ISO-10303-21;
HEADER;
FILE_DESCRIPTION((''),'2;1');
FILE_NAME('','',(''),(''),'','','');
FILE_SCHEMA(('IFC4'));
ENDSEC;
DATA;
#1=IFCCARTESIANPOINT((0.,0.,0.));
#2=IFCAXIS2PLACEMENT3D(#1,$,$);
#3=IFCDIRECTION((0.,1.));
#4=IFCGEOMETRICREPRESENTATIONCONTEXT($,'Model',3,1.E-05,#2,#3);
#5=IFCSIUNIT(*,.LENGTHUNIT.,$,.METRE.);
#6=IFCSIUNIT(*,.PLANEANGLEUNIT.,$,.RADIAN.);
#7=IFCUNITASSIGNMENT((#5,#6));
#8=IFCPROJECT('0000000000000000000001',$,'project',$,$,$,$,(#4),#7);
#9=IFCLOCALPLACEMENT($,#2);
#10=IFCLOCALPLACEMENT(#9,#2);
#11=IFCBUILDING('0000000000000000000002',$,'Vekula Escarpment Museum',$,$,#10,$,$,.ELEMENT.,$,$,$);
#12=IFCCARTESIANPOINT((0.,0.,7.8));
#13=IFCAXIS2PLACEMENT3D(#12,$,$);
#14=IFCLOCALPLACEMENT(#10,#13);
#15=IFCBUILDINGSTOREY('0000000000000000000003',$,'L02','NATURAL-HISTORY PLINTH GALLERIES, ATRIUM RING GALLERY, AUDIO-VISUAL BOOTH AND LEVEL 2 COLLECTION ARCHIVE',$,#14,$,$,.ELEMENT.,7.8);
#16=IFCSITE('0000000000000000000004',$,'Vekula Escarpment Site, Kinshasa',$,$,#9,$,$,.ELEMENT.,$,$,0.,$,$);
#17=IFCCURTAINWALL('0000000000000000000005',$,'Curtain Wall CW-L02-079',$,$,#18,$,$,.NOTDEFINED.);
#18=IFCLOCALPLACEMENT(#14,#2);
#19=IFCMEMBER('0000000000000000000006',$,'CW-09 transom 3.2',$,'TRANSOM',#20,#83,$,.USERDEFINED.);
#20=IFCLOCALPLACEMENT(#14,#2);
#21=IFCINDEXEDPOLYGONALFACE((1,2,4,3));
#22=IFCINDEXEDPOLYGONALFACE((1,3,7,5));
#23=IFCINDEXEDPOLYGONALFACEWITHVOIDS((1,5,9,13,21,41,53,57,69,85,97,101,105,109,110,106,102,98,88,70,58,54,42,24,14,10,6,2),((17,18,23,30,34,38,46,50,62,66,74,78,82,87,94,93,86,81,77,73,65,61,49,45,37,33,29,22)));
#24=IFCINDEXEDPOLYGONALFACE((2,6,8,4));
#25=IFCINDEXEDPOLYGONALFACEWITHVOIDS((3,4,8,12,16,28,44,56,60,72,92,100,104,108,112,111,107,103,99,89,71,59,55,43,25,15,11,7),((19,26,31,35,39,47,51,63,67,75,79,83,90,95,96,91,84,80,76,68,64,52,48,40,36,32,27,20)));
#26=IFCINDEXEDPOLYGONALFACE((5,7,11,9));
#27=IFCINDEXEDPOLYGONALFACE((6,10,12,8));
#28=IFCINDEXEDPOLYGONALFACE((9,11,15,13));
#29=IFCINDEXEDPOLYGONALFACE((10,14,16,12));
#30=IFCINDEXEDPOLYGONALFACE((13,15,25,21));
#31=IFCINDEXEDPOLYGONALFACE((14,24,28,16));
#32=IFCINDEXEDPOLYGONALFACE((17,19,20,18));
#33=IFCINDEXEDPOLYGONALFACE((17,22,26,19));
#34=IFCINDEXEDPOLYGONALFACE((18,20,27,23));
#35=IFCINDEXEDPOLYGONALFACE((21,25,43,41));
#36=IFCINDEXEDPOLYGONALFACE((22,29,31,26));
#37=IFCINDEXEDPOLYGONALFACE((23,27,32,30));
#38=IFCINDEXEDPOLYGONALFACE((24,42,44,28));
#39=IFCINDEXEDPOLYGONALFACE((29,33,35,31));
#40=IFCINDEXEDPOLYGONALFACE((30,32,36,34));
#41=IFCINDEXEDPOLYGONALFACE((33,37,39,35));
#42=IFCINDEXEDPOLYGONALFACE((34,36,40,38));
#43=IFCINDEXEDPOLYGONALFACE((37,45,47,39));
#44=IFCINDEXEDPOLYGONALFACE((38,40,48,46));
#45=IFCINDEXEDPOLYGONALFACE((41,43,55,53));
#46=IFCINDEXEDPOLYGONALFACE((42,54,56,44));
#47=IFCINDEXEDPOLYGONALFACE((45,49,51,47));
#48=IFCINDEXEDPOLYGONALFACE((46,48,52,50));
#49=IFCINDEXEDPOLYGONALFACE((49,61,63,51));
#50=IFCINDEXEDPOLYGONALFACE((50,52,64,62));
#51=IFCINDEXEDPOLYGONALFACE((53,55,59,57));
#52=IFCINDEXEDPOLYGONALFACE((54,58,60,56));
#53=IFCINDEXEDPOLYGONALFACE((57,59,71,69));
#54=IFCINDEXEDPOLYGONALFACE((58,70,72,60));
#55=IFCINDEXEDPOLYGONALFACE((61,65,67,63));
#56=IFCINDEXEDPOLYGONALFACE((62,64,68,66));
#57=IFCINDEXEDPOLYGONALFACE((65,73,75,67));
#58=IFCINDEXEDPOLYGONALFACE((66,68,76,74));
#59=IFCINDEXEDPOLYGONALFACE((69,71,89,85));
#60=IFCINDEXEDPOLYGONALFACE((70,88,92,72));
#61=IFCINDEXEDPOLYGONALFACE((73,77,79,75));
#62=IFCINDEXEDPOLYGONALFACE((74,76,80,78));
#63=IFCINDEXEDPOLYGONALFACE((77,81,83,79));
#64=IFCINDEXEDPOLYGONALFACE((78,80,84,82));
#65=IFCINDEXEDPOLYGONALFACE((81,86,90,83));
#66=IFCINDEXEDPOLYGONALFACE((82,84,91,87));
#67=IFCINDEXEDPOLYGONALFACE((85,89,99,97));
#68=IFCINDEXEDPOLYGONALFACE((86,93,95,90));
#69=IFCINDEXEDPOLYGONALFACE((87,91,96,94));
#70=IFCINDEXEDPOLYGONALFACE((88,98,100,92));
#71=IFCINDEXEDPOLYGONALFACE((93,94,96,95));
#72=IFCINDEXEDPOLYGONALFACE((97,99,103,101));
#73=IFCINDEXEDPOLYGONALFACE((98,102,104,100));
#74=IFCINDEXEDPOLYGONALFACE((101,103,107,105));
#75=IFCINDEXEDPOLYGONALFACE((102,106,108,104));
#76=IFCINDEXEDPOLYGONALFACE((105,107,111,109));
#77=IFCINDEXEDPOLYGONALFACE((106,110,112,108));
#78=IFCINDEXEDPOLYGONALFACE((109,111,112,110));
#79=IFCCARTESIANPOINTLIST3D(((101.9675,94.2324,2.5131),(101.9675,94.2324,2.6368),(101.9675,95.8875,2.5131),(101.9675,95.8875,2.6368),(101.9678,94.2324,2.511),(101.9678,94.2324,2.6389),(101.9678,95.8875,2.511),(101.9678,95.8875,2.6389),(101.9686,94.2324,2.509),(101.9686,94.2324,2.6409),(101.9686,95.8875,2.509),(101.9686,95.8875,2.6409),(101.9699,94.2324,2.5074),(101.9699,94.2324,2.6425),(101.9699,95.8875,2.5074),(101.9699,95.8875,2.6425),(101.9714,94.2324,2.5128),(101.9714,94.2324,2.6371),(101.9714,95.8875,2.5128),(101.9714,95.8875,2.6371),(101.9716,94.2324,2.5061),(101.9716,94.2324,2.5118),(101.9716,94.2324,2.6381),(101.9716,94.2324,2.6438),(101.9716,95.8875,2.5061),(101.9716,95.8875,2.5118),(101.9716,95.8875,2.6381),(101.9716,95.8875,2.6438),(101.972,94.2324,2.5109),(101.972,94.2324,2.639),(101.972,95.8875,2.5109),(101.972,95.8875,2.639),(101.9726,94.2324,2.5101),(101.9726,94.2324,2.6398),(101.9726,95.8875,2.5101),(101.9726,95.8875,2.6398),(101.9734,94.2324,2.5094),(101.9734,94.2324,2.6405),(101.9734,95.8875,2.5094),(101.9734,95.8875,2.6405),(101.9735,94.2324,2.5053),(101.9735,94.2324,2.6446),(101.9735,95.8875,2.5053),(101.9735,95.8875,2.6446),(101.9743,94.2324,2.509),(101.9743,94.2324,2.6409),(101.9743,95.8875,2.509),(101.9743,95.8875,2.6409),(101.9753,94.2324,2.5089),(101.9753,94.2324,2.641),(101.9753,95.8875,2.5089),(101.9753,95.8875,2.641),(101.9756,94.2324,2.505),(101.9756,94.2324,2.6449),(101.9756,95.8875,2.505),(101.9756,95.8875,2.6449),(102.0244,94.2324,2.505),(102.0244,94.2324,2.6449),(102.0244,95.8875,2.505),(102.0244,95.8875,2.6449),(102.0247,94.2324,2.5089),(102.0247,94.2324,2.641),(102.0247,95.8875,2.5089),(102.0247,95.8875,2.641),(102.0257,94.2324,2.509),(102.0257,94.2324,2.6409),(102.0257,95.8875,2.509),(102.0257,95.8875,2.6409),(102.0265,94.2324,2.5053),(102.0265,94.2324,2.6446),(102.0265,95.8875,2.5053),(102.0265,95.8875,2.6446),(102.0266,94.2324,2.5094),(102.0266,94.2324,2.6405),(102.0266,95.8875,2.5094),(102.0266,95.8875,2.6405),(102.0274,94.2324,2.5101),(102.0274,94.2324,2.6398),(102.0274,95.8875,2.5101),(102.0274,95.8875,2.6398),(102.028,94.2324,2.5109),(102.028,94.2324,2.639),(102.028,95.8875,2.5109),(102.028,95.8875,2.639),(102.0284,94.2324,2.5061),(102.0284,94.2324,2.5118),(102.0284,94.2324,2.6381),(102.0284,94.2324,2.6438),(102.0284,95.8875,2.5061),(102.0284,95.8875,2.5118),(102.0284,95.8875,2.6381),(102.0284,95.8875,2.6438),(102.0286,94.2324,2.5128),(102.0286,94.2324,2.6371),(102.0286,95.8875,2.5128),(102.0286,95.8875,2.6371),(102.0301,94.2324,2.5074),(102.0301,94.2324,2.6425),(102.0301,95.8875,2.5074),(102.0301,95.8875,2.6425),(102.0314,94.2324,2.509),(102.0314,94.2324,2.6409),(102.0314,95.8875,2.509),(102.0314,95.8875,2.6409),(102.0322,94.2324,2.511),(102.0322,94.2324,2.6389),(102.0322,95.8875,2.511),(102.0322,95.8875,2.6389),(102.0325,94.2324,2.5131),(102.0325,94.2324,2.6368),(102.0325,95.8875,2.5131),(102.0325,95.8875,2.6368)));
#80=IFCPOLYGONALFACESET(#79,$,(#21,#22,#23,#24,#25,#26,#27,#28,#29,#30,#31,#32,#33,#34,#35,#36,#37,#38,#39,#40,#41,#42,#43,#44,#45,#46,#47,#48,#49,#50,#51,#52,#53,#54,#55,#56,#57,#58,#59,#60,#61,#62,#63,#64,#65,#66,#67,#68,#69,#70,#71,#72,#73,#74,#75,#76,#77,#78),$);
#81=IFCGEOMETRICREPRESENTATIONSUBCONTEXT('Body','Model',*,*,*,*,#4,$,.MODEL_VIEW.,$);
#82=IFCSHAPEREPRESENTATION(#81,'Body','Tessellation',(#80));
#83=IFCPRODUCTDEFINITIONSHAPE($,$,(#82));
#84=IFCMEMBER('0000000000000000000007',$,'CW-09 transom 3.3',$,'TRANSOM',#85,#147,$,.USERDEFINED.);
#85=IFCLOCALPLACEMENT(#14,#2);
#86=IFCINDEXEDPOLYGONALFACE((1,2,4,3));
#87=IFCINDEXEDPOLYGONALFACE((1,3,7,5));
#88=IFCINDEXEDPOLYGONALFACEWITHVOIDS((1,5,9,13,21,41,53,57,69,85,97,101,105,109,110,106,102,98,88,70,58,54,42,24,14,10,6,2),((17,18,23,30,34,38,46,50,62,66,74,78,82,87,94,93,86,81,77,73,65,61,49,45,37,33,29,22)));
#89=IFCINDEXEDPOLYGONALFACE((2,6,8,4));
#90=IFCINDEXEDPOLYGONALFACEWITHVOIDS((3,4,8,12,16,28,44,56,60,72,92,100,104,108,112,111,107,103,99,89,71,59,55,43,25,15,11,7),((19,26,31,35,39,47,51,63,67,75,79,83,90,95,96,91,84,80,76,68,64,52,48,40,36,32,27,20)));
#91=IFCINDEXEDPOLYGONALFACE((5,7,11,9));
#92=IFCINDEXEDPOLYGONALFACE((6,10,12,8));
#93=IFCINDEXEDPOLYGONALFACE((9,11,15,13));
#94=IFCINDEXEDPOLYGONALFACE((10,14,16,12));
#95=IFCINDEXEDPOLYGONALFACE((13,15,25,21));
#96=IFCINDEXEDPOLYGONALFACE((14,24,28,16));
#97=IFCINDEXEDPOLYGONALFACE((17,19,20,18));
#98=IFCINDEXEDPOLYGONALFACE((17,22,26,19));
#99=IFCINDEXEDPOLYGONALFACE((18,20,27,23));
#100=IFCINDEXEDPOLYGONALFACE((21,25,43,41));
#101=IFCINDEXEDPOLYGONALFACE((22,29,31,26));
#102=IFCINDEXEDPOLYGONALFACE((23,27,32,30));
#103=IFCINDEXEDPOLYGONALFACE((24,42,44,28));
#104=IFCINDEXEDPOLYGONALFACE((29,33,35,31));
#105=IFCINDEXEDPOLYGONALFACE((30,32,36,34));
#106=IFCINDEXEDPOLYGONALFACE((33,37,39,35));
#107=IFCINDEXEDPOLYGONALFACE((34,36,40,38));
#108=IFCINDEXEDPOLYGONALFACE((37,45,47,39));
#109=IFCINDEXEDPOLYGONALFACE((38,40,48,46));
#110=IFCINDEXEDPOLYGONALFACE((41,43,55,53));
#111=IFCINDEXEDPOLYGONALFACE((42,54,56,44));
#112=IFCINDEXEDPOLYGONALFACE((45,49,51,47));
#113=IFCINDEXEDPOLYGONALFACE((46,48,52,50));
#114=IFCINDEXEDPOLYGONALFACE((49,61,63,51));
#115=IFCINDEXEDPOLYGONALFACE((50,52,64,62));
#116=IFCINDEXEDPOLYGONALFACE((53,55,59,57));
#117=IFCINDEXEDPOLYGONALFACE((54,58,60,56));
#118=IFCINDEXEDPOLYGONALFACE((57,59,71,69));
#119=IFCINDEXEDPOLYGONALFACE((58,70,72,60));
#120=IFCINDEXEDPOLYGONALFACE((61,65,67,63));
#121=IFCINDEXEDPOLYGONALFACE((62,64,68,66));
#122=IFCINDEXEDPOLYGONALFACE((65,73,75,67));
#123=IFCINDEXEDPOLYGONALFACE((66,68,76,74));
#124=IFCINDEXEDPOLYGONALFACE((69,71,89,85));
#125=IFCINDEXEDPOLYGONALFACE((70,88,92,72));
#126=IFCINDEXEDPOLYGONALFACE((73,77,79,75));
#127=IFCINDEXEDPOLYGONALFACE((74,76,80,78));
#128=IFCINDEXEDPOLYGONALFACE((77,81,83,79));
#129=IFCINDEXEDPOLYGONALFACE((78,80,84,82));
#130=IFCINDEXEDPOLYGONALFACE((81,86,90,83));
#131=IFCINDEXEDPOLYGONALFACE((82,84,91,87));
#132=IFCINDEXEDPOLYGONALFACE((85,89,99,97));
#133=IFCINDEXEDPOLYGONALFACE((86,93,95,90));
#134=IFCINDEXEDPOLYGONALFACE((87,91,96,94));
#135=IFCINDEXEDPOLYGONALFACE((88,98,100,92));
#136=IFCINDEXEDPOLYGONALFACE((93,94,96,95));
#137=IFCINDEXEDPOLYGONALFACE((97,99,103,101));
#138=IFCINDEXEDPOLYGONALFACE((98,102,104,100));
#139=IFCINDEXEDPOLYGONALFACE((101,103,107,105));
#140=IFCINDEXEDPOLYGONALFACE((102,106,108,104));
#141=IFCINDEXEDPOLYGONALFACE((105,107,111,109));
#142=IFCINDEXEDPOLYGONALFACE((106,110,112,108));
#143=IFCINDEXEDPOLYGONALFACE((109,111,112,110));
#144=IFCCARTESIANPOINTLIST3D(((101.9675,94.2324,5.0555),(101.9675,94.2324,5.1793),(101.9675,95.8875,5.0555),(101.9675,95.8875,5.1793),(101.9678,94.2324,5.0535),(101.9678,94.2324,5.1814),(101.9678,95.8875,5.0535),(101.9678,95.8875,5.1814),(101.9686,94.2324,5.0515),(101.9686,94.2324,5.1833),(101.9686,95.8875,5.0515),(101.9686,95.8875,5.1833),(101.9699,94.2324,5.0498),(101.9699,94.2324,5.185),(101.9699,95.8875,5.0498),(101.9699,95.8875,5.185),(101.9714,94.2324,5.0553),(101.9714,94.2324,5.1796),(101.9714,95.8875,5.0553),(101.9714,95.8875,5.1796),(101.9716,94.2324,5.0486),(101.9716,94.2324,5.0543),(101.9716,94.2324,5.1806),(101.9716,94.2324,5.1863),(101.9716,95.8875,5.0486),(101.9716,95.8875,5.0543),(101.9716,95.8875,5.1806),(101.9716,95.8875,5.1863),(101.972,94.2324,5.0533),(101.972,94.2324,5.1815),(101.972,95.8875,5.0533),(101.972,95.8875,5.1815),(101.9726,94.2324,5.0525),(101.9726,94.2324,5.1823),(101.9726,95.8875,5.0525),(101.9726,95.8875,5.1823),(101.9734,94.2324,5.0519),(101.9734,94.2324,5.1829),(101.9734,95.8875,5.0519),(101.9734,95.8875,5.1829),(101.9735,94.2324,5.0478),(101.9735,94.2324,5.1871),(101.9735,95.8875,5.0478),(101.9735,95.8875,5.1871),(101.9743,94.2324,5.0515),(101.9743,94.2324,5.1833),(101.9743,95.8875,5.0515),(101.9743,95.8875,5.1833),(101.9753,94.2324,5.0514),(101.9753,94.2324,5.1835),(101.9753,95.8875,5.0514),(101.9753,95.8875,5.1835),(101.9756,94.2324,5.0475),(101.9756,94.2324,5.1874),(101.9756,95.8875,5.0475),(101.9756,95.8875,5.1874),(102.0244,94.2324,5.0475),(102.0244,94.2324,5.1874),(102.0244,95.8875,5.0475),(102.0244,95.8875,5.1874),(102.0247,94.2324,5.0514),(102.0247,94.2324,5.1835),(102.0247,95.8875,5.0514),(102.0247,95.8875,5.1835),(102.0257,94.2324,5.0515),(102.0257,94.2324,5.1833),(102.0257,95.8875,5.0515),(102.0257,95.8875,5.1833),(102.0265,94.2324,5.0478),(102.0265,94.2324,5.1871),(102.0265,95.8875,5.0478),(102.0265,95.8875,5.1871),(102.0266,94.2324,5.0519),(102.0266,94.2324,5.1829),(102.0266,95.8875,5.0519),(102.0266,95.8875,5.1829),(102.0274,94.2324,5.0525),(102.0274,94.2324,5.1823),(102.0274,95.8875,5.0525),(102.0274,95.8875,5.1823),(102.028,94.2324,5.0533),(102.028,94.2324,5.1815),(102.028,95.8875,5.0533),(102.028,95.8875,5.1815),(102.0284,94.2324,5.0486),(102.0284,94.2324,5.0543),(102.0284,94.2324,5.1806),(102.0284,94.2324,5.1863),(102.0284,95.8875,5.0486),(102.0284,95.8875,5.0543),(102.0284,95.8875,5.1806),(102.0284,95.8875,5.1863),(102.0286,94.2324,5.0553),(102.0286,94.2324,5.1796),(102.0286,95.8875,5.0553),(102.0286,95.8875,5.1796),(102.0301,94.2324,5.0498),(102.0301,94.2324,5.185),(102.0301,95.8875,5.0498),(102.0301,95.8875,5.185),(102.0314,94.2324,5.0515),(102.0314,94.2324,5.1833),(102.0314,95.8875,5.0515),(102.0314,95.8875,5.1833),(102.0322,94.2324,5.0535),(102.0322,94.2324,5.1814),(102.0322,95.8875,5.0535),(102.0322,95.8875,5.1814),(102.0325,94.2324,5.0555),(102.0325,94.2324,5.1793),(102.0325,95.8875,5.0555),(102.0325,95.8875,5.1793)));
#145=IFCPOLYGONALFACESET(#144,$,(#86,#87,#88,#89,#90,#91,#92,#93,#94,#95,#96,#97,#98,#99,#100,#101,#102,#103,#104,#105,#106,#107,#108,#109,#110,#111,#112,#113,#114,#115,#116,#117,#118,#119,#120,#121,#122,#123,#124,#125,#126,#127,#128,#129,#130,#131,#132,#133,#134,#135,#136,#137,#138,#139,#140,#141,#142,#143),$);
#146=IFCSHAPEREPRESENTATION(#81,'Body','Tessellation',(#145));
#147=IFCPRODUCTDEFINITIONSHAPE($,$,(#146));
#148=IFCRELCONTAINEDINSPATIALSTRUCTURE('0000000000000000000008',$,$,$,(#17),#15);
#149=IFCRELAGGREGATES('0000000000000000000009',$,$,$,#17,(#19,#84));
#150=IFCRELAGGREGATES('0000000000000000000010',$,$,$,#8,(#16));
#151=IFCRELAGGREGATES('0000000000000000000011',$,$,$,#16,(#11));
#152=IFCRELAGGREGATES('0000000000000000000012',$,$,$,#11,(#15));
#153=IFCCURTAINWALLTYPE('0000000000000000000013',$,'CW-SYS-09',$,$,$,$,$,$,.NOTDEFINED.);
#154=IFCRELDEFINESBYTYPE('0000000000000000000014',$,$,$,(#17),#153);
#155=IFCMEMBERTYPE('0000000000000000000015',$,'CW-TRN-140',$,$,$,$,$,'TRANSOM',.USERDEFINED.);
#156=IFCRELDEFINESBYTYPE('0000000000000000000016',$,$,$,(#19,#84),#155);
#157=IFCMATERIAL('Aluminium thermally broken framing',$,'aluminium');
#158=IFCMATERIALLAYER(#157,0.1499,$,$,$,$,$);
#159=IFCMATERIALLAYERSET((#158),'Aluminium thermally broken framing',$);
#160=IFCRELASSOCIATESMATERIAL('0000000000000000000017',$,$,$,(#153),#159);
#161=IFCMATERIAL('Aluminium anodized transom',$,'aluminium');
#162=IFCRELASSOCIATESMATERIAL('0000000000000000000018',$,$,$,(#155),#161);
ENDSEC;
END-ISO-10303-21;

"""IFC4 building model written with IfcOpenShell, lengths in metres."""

from ifc_helpers import new_model, si_unit, direction, frame, origin, origin_2d, place, context, subcontext, project, spatial, hollow_rectangle, extrude, material, layer, layer_set, material_profile, profile_set, type_object, element, aggregate, save


model = new_model("IFC4")

# Units and contexts
model_context = context("Model", 3, precision=1e-05, world=origin(), true_north=direction((0.0, 1.0)))
body_context = subcontext(model_context, "Body", "Model", "MODEL_VIEW")
ifc_project = project(units=[si_unit("LENGTHUNIT", "METRE"), si_unit("PLANEANGLEUNIT", "RADIAN")], contexts=[model_context])

# Site, building, storey
site_placement = place(None, origin())
site = spatial("IfcSite", under=ifc_project, at=site_placement, Name="Vekula Escarpment Site, Kinshasa", CompositionType="ELEMENT", RefElevation=0.0)
building_placement = place(site_placement, origin())
building = spatial("IfcBuilding", under=site, at=building_placement, Name="Vekula Escarpment Museum", CompositionType="ELEMENT")
storey_placement = place(building_placement, frame((0.0, 0.0, 7.8)))
storey = spatial("IfcBuildingStorey", under=building, at=storey_placement, Name="L02", Description="NATURAL-HISTORY PLINTH GALLERIES, ATRIUM RING GALLERY, AUDIO-VISUAL BOOTH AND LEVEL 2 COLLECTION ARCHIVE", CompositionType="ELEMENT", Elevation=7.8)

# Curtain wall
ifc_material_1 = material(Name="Aluminium thermally broken framing", Category="aluminium")
ifc_layer_1 = layer(ifc_material_1, 0.1499)
ifc_layer_set_1 = layer_set([ifc_layer_1], Name="Aluminium thermally broken framing")
curtain_wall_type_1 = type_object("IfcCurtainWallType", Name="CW-SYS-09", PredefinedType="NOTDEFINED", material=ifc_layer_set_1)
curtain_wall_1_placement = place(storey_placement, origin())
curtain_wall_1 = element("IfcCurtainWall", 1, at=curtain_wall_1_placement, inside=storey, type_object=curtain_wall_type_1, Name="Curtain Wall CW-L02-079", PredefinedType="NOTDEFINED")

# Members
ifc_material_2 = material(Name="Aluminium anodized transom", Category="aluminium")
ifc_material_profile_1 = material_profile(ifc_material_2, hollow_rectangle(XDim=0.0649, YDim=0.1399, WallThickness=0.0039, InnerFilletRadius=0.0039, OuterFilletRadius=0.0081, at=origin_2d()), Name="ALU 140x65x4")
ifc_profile_set_1 = profile_set([ifc_material_profile_1], Name="Aluminium anodized transom")
member_type_1 = type_object("IfcMemberType", Name="CW-TRN-140", ElementType="TRANSOM", PredefinedType="USERDEFINED", material=ifc_profile_set_1)
member_1_placement = place(storey_placement, frame((102.0, 94.2324, 2.575), z_axis=(0.0, 1.0, 0.0), x_axis=(-1.0, 0.0, 0.0)))
member_1 = element("IfcMember", 2, at=member_1_placement, type_object=member_type_1, Name="CW-09 transom 3.2", ObjectType="TRANSOM", PredefinedType="USERDEFINED", context=body_context, shape_type="SweptSolid", body=[
    extrude(hollow_rectangle(XDim=0.0649, YDim=0.1399, WallThickness=0.0039, InnerFilletRadius=0.0039, OuterFilletRadius=0.0081, at=origin_2d()), origin(), (0.0, 0.0, 1.0), 1.655),
])
member_2_placement = place(storey_placement, frame((102.0, 94.2324, 5.1174), z_axis=(0.0, 1.0, 0.0), x_axis=(-1.0, 0.0, 0.0)))
member_2 = element("IfcMember", 3, at=member_2_placement, type_object=member_type_1, Name="CW-09 transom 3.3", ObjectType="TRANSOM", PredefinedType="USERDEFINED", context=body_context, shape_type="SweptSolid", body=[
    extrude(hollow_rectangle(XDim=0.0649, YDim=0.1399, WallThickness=0.0039, InnerFilletRadius=0.0039, OuterFilletRadius=0.0081, at=origin_2d()), origin(), (0.0, 0.0, 1.0), 1.655),
])

aggregate(curtain_wall_1, [member_1, member_2])

save(model, "model.ifc")
